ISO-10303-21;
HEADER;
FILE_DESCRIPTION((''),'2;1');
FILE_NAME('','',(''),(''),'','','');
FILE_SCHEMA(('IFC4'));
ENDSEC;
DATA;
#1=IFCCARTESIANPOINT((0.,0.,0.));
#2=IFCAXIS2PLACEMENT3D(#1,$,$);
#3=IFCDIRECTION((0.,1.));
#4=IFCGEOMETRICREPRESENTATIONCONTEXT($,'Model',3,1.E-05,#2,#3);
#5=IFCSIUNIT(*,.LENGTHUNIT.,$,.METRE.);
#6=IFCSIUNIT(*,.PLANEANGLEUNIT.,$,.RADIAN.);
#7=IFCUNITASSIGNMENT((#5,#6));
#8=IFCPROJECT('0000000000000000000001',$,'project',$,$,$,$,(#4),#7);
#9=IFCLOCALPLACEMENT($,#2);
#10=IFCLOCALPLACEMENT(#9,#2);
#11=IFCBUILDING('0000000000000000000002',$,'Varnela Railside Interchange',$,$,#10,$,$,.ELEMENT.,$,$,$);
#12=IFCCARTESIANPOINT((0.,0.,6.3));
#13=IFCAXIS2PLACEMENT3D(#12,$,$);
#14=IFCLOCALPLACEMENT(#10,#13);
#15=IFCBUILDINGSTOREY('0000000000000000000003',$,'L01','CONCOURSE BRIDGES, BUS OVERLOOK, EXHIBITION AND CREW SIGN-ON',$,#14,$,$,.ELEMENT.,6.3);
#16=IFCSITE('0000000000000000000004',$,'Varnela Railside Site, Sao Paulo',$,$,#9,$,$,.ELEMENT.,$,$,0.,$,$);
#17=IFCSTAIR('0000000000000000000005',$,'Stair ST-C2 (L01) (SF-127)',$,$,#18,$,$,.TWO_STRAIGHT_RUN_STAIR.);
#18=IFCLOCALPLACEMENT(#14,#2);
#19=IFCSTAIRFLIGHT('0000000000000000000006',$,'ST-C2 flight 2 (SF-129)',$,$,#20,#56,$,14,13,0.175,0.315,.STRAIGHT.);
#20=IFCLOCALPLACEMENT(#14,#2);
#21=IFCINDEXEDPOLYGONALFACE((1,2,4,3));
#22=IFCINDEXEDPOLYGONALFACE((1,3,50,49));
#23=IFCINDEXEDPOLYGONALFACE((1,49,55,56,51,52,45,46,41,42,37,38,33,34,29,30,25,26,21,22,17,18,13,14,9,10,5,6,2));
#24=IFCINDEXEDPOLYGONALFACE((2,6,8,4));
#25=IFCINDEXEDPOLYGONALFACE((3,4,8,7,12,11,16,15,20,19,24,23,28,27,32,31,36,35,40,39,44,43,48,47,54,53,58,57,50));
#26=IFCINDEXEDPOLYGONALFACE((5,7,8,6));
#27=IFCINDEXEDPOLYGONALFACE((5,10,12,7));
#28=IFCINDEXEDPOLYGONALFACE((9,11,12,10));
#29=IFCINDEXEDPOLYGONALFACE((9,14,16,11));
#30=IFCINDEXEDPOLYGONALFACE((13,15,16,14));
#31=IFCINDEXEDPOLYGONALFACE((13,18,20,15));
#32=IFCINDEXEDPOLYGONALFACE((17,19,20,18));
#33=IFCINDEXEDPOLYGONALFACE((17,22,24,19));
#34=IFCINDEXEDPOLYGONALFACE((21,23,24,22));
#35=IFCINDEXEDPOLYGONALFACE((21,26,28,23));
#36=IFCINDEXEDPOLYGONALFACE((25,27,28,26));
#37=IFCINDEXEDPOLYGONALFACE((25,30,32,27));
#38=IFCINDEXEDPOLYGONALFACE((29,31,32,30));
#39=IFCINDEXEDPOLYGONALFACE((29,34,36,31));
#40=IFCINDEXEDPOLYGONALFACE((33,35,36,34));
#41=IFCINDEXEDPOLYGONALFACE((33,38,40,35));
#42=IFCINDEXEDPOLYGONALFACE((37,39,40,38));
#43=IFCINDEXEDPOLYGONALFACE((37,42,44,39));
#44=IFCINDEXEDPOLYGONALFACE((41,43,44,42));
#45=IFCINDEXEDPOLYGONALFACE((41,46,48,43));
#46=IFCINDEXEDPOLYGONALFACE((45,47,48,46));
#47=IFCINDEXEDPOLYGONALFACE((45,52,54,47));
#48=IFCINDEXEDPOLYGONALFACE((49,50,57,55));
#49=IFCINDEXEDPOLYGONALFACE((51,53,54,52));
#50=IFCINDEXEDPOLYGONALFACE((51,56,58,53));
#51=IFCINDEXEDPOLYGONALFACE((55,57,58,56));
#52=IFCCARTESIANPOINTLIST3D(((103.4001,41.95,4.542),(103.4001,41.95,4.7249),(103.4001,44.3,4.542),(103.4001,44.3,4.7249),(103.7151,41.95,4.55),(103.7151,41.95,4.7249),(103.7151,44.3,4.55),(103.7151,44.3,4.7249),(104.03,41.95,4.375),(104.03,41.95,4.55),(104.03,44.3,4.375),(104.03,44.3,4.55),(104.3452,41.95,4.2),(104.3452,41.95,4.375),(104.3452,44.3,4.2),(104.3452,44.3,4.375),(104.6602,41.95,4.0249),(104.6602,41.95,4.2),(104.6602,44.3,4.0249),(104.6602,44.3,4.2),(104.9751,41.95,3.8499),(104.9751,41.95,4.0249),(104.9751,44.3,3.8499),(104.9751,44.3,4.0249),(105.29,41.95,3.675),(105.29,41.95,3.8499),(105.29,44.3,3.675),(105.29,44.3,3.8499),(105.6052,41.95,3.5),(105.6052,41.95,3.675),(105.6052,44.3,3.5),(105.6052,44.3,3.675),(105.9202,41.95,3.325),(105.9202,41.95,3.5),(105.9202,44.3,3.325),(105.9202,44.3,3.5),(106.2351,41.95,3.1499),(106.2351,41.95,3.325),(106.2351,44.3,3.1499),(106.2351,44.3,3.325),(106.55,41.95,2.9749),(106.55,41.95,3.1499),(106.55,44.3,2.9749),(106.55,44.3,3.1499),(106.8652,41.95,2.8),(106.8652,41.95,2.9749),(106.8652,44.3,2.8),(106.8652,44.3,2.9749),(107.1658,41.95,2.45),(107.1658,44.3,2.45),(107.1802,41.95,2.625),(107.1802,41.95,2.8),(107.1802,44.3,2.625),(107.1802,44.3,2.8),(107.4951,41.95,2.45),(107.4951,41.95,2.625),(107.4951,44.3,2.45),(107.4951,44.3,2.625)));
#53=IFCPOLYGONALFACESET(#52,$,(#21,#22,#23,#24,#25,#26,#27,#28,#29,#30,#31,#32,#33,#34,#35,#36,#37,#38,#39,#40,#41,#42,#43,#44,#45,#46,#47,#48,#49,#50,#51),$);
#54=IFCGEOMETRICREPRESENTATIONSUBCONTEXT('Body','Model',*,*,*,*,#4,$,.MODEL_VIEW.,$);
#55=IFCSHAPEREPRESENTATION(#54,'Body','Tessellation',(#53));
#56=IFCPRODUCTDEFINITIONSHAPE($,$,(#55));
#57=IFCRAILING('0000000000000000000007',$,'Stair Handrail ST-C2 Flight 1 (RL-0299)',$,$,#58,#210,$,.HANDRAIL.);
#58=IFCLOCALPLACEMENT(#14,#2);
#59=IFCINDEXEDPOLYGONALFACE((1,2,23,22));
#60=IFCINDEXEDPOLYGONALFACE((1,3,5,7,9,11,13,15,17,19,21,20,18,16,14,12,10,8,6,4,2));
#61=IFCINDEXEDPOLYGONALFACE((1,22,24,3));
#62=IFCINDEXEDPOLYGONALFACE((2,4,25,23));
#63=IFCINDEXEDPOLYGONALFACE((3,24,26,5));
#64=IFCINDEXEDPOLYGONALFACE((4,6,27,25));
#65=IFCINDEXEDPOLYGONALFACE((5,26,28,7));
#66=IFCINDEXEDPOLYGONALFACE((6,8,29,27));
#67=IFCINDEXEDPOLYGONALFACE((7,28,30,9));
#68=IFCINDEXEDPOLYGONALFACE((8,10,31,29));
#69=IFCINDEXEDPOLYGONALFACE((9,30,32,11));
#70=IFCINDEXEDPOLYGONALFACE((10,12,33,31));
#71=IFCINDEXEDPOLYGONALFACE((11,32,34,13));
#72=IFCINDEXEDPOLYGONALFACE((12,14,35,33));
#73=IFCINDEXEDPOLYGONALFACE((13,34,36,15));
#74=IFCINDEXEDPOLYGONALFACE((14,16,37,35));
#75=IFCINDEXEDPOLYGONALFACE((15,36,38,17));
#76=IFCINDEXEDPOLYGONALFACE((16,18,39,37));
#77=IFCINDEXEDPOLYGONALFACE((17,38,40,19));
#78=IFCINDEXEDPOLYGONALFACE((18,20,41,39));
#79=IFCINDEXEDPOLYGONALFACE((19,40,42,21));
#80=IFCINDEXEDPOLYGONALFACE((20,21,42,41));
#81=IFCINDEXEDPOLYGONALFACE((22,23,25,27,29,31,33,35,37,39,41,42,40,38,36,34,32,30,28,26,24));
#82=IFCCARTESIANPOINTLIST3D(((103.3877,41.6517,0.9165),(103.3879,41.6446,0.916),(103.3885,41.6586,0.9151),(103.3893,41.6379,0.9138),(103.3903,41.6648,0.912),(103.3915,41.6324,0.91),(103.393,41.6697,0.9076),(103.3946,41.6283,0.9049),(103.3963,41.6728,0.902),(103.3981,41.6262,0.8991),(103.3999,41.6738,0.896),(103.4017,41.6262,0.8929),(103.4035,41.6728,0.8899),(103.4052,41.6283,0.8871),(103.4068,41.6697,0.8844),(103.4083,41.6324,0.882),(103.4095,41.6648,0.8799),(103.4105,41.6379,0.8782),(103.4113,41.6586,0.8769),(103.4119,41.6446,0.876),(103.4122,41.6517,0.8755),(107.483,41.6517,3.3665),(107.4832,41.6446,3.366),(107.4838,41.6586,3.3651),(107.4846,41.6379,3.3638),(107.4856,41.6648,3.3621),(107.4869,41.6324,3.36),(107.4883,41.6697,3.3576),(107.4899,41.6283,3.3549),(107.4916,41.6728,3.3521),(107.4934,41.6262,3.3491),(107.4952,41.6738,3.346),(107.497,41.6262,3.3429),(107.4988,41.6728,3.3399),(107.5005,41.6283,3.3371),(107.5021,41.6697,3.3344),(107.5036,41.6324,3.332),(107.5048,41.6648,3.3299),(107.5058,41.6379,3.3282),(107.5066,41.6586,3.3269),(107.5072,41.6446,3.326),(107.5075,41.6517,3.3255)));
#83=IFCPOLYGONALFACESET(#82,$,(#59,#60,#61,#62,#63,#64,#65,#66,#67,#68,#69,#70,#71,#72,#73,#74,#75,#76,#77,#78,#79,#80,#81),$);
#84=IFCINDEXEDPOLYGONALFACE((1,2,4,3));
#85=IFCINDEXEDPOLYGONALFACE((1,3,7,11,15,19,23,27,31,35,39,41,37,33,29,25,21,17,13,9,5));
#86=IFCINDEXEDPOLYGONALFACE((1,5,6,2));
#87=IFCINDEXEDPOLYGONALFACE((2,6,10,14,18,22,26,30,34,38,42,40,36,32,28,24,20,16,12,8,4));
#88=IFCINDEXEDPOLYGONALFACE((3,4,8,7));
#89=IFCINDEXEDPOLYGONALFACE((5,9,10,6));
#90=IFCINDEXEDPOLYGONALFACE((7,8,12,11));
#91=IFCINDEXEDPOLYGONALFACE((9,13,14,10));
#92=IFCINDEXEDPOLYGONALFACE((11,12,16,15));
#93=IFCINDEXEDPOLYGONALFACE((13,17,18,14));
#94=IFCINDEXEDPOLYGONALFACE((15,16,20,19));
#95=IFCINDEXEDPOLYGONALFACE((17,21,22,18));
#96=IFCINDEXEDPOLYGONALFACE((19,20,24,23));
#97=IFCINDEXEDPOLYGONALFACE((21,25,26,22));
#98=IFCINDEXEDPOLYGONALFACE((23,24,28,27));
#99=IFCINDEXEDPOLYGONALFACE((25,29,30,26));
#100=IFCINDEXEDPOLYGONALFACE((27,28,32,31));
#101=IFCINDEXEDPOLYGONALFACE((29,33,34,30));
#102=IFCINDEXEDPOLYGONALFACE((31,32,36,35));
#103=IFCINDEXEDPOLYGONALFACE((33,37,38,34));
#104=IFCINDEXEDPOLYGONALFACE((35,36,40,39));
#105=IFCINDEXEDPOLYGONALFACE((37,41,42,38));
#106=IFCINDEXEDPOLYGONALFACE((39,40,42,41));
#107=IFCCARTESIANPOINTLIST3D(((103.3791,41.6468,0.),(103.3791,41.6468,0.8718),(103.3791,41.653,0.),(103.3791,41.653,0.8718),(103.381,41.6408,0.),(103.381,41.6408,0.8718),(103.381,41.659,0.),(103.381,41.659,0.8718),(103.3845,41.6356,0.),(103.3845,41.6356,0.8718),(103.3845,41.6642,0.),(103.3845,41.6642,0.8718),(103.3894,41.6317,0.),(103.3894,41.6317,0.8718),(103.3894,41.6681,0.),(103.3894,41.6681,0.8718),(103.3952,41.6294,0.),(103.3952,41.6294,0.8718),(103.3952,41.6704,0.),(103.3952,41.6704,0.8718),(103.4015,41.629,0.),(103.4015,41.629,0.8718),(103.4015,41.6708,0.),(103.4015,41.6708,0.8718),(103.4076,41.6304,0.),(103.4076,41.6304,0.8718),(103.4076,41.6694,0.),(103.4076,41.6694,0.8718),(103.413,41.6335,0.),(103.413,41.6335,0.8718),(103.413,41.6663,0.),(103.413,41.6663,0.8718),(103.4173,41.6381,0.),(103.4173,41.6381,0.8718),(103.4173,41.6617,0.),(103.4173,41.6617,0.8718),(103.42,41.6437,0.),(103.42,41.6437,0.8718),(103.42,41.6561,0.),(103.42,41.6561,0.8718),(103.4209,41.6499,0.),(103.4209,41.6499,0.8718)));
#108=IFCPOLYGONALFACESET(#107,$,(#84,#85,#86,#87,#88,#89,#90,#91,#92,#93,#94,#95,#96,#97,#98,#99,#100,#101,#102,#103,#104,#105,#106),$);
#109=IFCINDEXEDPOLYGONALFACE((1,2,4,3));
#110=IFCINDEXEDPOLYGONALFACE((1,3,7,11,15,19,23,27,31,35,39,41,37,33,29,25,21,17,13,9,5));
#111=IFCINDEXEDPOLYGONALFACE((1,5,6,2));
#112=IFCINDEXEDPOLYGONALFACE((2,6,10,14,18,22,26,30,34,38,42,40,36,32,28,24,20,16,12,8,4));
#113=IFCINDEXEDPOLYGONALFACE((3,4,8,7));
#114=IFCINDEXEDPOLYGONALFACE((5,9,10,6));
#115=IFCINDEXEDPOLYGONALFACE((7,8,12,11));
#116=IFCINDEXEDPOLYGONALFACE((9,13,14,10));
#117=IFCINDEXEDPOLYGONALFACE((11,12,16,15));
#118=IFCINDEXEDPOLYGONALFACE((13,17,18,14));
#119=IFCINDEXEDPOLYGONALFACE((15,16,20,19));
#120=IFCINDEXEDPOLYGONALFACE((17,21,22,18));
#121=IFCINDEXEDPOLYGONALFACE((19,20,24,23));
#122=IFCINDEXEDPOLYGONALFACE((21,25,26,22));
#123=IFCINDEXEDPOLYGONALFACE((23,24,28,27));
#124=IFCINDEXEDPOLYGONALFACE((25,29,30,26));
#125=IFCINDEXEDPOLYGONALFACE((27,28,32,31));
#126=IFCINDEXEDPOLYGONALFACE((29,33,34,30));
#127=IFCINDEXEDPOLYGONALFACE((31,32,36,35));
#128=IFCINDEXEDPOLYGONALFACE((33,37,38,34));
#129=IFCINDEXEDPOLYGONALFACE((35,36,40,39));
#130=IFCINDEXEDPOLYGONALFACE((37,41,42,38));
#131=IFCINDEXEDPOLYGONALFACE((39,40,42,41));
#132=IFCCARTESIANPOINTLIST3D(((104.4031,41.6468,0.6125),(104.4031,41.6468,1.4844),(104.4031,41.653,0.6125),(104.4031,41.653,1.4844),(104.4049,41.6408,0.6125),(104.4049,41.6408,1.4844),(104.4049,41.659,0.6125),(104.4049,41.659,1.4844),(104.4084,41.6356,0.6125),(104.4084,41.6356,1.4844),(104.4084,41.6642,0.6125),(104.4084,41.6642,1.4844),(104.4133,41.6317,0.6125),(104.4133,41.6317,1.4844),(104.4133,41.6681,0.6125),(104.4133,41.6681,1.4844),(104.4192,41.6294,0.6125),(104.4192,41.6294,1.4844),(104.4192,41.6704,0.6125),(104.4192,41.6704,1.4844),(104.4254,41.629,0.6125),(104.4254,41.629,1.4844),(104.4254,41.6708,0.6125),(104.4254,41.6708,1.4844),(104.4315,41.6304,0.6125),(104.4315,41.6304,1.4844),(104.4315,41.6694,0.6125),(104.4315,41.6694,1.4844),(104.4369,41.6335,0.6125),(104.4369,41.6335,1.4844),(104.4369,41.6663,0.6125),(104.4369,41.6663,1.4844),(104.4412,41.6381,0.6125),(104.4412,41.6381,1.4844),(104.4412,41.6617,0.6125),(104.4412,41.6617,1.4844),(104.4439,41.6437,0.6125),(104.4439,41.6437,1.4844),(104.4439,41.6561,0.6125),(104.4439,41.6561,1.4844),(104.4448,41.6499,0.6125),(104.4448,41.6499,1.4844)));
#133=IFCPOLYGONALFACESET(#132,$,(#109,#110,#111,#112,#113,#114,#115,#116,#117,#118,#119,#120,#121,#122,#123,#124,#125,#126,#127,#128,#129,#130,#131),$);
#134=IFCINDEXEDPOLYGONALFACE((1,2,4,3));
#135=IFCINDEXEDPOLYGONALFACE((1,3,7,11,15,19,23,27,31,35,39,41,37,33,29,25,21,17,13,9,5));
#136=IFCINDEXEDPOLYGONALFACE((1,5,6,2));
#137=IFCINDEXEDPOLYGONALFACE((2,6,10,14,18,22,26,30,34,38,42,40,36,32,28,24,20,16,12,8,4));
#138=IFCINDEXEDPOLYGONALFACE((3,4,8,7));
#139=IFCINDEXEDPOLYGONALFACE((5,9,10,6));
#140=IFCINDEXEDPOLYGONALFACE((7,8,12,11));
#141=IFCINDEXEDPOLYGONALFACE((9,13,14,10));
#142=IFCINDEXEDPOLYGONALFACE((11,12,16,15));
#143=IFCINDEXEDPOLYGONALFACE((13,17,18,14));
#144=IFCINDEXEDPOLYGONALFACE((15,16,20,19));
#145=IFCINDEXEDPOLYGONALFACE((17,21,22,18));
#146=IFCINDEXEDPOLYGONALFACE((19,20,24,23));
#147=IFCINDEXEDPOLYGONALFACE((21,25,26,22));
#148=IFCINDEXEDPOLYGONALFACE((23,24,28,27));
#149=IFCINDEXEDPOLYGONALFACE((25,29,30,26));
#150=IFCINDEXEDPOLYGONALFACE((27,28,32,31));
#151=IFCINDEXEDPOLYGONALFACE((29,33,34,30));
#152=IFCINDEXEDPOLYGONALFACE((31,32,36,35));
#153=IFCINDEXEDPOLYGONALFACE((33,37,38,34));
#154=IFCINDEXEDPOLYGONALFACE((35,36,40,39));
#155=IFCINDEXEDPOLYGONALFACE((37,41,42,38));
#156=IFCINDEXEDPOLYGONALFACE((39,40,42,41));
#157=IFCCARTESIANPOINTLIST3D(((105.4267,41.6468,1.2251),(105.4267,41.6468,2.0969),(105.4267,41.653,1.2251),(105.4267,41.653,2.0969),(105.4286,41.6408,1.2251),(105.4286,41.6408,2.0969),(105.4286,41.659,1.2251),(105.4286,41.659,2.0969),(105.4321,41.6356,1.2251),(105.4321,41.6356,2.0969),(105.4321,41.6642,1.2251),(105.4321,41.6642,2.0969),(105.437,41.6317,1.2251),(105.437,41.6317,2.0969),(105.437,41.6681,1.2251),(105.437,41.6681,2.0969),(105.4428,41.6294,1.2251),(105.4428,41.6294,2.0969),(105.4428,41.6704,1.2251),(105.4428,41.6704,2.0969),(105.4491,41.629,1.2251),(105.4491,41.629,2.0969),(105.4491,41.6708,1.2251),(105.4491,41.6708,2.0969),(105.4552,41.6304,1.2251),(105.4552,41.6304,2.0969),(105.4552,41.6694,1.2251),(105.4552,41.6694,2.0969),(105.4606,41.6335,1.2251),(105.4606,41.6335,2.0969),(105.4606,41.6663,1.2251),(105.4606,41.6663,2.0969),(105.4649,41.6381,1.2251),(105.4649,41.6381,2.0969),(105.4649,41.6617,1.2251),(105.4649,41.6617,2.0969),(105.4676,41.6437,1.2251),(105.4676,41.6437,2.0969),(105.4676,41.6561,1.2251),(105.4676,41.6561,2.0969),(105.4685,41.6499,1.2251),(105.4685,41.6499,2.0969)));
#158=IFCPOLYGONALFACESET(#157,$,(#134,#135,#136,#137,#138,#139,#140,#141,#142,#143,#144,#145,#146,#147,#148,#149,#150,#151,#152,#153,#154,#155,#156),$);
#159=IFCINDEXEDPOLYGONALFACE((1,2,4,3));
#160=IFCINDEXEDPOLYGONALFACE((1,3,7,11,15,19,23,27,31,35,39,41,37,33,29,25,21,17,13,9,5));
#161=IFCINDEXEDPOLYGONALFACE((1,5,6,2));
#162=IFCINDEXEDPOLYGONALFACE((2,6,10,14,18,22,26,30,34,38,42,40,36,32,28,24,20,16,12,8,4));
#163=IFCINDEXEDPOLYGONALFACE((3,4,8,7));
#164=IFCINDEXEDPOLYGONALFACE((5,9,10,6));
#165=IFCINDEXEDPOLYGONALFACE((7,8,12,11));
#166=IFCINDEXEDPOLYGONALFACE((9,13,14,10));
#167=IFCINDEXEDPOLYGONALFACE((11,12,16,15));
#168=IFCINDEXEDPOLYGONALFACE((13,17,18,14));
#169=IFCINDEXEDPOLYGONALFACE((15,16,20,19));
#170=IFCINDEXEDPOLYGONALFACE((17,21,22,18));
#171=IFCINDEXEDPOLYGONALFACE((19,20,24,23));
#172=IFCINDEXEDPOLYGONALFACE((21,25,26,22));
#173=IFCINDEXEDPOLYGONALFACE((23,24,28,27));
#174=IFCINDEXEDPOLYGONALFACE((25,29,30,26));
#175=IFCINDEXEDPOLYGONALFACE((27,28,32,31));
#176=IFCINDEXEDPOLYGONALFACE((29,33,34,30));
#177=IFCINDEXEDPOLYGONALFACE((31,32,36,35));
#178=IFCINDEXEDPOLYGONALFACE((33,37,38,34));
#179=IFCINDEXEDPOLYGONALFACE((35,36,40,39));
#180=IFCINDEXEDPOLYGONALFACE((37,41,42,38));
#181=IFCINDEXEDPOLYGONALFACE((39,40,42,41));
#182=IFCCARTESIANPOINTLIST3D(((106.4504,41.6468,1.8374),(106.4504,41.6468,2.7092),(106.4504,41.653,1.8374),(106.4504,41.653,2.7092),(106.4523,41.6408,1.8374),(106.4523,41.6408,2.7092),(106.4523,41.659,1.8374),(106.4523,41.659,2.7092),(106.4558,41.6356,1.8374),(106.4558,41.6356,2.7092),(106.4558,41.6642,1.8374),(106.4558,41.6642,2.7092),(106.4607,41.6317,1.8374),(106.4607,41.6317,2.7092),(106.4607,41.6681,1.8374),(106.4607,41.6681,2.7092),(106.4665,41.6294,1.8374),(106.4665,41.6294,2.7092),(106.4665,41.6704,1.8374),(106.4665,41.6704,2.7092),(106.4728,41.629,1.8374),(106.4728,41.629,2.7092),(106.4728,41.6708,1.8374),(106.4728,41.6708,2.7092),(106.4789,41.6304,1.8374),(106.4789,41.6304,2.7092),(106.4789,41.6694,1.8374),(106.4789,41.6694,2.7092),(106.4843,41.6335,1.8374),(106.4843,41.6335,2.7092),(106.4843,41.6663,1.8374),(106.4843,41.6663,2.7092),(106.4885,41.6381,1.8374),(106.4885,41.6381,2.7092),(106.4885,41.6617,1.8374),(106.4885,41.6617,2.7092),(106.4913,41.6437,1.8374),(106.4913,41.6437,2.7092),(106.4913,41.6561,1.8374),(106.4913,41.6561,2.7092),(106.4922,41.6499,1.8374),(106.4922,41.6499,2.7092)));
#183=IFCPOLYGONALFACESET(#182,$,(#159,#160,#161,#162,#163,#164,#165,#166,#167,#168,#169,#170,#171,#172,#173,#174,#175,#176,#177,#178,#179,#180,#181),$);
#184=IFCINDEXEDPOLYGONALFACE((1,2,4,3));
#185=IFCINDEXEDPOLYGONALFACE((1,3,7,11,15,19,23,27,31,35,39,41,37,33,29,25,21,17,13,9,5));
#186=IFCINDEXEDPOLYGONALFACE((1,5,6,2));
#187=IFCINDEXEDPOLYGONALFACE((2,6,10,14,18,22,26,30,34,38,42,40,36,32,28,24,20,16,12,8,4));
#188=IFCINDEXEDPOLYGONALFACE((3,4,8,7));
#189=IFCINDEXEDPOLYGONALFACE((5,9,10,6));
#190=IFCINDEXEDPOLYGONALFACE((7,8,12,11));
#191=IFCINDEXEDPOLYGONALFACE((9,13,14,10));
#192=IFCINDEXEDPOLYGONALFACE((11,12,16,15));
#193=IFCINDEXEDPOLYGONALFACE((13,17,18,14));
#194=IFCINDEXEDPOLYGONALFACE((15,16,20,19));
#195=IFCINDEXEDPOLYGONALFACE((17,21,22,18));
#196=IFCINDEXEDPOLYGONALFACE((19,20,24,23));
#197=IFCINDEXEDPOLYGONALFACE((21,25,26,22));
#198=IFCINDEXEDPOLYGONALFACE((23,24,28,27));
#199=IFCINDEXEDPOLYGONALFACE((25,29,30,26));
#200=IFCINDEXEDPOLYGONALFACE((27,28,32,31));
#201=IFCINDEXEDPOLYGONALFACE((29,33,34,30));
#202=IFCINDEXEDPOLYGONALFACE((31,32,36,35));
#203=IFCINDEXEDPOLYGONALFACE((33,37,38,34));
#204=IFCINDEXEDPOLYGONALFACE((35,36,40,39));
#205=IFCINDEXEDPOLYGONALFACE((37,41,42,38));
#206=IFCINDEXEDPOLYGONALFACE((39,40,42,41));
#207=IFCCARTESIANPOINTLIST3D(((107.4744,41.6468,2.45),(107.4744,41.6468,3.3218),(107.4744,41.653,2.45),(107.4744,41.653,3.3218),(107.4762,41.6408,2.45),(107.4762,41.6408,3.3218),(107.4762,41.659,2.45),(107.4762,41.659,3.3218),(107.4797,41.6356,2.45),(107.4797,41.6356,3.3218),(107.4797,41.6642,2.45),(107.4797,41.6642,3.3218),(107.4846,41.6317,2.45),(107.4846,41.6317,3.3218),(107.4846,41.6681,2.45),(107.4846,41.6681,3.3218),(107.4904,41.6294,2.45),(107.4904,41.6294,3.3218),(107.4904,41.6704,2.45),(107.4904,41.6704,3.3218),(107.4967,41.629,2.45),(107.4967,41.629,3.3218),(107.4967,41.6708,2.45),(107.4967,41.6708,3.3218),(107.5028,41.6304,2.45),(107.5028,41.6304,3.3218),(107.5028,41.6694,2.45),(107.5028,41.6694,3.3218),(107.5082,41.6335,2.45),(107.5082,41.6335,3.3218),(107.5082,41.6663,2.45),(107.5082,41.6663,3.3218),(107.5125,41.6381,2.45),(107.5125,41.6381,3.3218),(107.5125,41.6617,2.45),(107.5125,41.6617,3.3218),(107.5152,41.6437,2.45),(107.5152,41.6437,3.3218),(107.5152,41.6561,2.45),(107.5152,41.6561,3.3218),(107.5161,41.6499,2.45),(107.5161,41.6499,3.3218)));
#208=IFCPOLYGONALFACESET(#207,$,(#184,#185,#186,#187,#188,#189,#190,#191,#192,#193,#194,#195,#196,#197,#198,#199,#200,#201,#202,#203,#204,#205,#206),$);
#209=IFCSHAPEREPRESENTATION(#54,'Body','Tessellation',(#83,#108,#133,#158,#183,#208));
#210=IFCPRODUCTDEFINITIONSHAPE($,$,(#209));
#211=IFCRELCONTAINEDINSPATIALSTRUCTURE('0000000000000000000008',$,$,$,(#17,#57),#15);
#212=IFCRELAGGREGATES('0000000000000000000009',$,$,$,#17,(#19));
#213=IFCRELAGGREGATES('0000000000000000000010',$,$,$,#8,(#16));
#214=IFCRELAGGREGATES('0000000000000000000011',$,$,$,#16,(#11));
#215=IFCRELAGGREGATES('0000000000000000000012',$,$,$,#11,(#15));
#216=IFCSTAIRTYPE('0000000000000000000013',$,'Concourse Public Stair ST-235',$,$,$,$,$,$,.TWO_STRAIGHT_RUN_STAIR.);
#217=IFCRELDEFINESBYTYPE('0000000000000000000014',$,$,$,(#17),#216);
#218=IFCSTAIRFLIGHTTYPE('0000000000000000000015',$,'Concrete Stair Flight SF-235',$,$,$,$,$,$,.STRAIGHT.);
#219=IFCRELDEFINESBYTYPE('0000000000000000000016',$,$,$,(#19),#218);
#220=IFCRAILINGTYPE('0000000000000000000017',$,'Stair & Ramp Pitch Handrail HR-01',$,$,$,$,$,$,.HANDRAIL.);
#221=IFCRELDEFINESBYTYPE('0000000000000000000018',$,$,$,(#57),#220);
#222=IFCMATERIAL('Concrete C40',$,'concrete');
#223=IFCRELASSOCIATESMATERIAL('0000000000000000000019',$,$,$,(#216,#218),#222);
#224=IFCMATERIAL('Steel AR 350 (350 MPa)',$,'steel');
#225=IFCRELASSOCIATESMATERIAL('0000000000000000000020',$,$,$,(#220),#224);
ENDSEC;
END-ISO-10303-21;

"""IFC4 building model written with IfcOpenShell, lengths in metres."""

from ifc_helpers import new_model, si_unit, direction, frame, origin, origin_2d, place, context, subcontext, project, spatial, polyline, circle, outline, extrude, material, type_object, element, aggregate, save


model = new_model("IFC4")

# Units and contexts
model_context = context("Model", 3, precision=1e-05, world=origin(), true_north=direction((0.0, 1.0)))
body_context = subcontext(model_context, "Body", "Model", "MODEL_VIEW")
ifc_project = project(units=[si_unit("LENGTHUNIT", "METRE"), si_unit("PLANEANGLEUNIT", "RADIAN")], contexts=[model_context])

# Site, building, storey
site_placement = place(None, origin())
site = spatial("IfcSite", under=ifc_project, at=site_placement, Name="Varnela Railside Site, Sao Paulo", CompositionType="ELEMENT", RefElevation=0.0)
building_placement = place(site_placement, origin())
building = spatial("IfcBuilding", under=site, at=building_placement, Name="Varnela Railside Interchange", CompositionType="ELEMENT")
storey_placement = place(building_placement, frame((0.0, 0.0, 6.3)))
storey = spatial("IfcBuildingStorey", under=building, at=storey_placement, Name="L01", Description="CONCOURSE BRIDGES, BUS OVERLOOK, EXHIBITION AND CREW SIGN-ON", CompositionType="ELEMENT", Elevation=6.3)

# Shared definitions
ifc_material_1 = material(Name="Steel AR 350 (350 MPa)", Category="steel")

# Shared definitions
ifc_material_2 = material(Name="Concrete C40", Category="concrete")

# Stair, stair flight
stair_type = type_object("IfcStairType", Name="Concourse Public Stair ST-235", PredefinedType="TWO_STRAIGHT_RUN_STAIR", material=ifc_material_2)
stair_placement = place(storey_placement, origin())
stair = element("IfcStair", 1, at=stair_placement, inside=storey, type_object=stair_type, Name="Stair ST-C2 (L01) (SF-127)", PredefinedType="TWO_STRAIGHT_RUN_STAIR")
stair_flight_type = type_object("IfcStairFlightType", Name="Concrete Stair Flight SF-235", PredefinedType="STRAIGHT", material=ifc_material_2)
stair_flight_1_placement = place(storey_placement, frame((107.4951, 43.125, 2.45), z_axis=(0.0, 0.0, 1.0), x_axis=(-1.0, 0.0, 0.0)))
stair_flight_1 = element("IfcStairFlight", 2, at=stair_flight_1_placement, type_object=stair_flight_type, Name="ST-C2 flight 2 (SF-129)", NumberOfRisers=14, NumberOfTreads=13, PredefinedType="STRAIGHT", RiserHeight=0.175, TreadLength=0.315, context=body_context, shape_type="SweptSolid", body=[
    extrude(outline(polyline([(0.0, 0.0), (0.0, 0.175), (0.3149, 0.175), (0.3149, 0.3501), (0.6299, 0.3501), (0.6299, 0.5249), (0.9451, 0.5249), (0.9451, 0.7), (1.26, 0.7), (1.26, 0.875), (1.575, 0.875), (1.575, 1.05), (1.8899, 1.05), (1.8899, 1.2251), (2.2051, 1.2251), (2.2051, 1.3999), (2.52, 1.3999), (2.52, 1.575), (2.835, 1.575), (2.835, 1.75), (3.1499, 1.75), (3.1499, 1.925), (3.4651, 1.925), (3.4651, 2.1001), (3.78, 2.1001), (3.78, 2.2749), (4.095, 2.2749), (4.095, 2.45), (4.095, 2.092), (0.3293, 0.0), (0.0, 0.0)])), frame((0.0, 1.175, 0.0), z_axis=(0.0, -1.0, 0.0), x_axis=(1.0, 0.0, 0.0)), (0.0, 0.0, 1.0), 2.3501),
])
aggregate(stair, [stair_flight_1])

# Railing
railing_type_1 = type_object("IfcRailingType", Name="Stair & Ramp Pitch Handrail HR-01", PredefinedType="HANDRAIL", material=ifc_material_1)
railing_1_placement = place(storey_placement, frame((103.3999, 41.6499, 0.0)))
element("IfcRailing", 3, at=railing_1_placement, inside=storey, type_object=railing_type_1, Name="Stair Handrail ST-C2 Flight 1 (RL-0299)", PredefinedType="HANDRAIL", context=body_context, shape_type="SweptSolid", body=[
    extrude(circle(Radius=0.0239, at=origin_2d()), frame((0.0, 0.0, 0.896), z_axis=(0.858156, 0.0, 0.513389), x_axis=(0.0, 1.0, 0.0)), (0.0, 0.0, 1.0), 4.7722),
    extrude(circle(Radius=0.021, at=origin_2d()), origin(), (0.0, 0.0, 1.0), 0.8718),
    extrude(circle(Radius=0.021, at=origin_2d()), frame((1.0239, 0.0, 0.6125)), (0.0, 0.0, 1.0), 0.8718),
    extrude(circle(Radius=0.021, at=origin_2d()), frame((2.0476, 0.0, 1.2251)), (0.0, 0.0, 1.0), 0.8718),
    extrude(circle(Radius=0.021, at=origin_2d()), frame((3.0713, 0.0, 1.8374)), (0.0, 0.0, 1.0), 0.8718),
    extrude(circle(Radius=0.021, at=origin_2d()), frame((4.0952, 0.0, 2.45)), (0.0, 0.0, 1.0), 0.8718),
])

save(model, "model.ifc")
